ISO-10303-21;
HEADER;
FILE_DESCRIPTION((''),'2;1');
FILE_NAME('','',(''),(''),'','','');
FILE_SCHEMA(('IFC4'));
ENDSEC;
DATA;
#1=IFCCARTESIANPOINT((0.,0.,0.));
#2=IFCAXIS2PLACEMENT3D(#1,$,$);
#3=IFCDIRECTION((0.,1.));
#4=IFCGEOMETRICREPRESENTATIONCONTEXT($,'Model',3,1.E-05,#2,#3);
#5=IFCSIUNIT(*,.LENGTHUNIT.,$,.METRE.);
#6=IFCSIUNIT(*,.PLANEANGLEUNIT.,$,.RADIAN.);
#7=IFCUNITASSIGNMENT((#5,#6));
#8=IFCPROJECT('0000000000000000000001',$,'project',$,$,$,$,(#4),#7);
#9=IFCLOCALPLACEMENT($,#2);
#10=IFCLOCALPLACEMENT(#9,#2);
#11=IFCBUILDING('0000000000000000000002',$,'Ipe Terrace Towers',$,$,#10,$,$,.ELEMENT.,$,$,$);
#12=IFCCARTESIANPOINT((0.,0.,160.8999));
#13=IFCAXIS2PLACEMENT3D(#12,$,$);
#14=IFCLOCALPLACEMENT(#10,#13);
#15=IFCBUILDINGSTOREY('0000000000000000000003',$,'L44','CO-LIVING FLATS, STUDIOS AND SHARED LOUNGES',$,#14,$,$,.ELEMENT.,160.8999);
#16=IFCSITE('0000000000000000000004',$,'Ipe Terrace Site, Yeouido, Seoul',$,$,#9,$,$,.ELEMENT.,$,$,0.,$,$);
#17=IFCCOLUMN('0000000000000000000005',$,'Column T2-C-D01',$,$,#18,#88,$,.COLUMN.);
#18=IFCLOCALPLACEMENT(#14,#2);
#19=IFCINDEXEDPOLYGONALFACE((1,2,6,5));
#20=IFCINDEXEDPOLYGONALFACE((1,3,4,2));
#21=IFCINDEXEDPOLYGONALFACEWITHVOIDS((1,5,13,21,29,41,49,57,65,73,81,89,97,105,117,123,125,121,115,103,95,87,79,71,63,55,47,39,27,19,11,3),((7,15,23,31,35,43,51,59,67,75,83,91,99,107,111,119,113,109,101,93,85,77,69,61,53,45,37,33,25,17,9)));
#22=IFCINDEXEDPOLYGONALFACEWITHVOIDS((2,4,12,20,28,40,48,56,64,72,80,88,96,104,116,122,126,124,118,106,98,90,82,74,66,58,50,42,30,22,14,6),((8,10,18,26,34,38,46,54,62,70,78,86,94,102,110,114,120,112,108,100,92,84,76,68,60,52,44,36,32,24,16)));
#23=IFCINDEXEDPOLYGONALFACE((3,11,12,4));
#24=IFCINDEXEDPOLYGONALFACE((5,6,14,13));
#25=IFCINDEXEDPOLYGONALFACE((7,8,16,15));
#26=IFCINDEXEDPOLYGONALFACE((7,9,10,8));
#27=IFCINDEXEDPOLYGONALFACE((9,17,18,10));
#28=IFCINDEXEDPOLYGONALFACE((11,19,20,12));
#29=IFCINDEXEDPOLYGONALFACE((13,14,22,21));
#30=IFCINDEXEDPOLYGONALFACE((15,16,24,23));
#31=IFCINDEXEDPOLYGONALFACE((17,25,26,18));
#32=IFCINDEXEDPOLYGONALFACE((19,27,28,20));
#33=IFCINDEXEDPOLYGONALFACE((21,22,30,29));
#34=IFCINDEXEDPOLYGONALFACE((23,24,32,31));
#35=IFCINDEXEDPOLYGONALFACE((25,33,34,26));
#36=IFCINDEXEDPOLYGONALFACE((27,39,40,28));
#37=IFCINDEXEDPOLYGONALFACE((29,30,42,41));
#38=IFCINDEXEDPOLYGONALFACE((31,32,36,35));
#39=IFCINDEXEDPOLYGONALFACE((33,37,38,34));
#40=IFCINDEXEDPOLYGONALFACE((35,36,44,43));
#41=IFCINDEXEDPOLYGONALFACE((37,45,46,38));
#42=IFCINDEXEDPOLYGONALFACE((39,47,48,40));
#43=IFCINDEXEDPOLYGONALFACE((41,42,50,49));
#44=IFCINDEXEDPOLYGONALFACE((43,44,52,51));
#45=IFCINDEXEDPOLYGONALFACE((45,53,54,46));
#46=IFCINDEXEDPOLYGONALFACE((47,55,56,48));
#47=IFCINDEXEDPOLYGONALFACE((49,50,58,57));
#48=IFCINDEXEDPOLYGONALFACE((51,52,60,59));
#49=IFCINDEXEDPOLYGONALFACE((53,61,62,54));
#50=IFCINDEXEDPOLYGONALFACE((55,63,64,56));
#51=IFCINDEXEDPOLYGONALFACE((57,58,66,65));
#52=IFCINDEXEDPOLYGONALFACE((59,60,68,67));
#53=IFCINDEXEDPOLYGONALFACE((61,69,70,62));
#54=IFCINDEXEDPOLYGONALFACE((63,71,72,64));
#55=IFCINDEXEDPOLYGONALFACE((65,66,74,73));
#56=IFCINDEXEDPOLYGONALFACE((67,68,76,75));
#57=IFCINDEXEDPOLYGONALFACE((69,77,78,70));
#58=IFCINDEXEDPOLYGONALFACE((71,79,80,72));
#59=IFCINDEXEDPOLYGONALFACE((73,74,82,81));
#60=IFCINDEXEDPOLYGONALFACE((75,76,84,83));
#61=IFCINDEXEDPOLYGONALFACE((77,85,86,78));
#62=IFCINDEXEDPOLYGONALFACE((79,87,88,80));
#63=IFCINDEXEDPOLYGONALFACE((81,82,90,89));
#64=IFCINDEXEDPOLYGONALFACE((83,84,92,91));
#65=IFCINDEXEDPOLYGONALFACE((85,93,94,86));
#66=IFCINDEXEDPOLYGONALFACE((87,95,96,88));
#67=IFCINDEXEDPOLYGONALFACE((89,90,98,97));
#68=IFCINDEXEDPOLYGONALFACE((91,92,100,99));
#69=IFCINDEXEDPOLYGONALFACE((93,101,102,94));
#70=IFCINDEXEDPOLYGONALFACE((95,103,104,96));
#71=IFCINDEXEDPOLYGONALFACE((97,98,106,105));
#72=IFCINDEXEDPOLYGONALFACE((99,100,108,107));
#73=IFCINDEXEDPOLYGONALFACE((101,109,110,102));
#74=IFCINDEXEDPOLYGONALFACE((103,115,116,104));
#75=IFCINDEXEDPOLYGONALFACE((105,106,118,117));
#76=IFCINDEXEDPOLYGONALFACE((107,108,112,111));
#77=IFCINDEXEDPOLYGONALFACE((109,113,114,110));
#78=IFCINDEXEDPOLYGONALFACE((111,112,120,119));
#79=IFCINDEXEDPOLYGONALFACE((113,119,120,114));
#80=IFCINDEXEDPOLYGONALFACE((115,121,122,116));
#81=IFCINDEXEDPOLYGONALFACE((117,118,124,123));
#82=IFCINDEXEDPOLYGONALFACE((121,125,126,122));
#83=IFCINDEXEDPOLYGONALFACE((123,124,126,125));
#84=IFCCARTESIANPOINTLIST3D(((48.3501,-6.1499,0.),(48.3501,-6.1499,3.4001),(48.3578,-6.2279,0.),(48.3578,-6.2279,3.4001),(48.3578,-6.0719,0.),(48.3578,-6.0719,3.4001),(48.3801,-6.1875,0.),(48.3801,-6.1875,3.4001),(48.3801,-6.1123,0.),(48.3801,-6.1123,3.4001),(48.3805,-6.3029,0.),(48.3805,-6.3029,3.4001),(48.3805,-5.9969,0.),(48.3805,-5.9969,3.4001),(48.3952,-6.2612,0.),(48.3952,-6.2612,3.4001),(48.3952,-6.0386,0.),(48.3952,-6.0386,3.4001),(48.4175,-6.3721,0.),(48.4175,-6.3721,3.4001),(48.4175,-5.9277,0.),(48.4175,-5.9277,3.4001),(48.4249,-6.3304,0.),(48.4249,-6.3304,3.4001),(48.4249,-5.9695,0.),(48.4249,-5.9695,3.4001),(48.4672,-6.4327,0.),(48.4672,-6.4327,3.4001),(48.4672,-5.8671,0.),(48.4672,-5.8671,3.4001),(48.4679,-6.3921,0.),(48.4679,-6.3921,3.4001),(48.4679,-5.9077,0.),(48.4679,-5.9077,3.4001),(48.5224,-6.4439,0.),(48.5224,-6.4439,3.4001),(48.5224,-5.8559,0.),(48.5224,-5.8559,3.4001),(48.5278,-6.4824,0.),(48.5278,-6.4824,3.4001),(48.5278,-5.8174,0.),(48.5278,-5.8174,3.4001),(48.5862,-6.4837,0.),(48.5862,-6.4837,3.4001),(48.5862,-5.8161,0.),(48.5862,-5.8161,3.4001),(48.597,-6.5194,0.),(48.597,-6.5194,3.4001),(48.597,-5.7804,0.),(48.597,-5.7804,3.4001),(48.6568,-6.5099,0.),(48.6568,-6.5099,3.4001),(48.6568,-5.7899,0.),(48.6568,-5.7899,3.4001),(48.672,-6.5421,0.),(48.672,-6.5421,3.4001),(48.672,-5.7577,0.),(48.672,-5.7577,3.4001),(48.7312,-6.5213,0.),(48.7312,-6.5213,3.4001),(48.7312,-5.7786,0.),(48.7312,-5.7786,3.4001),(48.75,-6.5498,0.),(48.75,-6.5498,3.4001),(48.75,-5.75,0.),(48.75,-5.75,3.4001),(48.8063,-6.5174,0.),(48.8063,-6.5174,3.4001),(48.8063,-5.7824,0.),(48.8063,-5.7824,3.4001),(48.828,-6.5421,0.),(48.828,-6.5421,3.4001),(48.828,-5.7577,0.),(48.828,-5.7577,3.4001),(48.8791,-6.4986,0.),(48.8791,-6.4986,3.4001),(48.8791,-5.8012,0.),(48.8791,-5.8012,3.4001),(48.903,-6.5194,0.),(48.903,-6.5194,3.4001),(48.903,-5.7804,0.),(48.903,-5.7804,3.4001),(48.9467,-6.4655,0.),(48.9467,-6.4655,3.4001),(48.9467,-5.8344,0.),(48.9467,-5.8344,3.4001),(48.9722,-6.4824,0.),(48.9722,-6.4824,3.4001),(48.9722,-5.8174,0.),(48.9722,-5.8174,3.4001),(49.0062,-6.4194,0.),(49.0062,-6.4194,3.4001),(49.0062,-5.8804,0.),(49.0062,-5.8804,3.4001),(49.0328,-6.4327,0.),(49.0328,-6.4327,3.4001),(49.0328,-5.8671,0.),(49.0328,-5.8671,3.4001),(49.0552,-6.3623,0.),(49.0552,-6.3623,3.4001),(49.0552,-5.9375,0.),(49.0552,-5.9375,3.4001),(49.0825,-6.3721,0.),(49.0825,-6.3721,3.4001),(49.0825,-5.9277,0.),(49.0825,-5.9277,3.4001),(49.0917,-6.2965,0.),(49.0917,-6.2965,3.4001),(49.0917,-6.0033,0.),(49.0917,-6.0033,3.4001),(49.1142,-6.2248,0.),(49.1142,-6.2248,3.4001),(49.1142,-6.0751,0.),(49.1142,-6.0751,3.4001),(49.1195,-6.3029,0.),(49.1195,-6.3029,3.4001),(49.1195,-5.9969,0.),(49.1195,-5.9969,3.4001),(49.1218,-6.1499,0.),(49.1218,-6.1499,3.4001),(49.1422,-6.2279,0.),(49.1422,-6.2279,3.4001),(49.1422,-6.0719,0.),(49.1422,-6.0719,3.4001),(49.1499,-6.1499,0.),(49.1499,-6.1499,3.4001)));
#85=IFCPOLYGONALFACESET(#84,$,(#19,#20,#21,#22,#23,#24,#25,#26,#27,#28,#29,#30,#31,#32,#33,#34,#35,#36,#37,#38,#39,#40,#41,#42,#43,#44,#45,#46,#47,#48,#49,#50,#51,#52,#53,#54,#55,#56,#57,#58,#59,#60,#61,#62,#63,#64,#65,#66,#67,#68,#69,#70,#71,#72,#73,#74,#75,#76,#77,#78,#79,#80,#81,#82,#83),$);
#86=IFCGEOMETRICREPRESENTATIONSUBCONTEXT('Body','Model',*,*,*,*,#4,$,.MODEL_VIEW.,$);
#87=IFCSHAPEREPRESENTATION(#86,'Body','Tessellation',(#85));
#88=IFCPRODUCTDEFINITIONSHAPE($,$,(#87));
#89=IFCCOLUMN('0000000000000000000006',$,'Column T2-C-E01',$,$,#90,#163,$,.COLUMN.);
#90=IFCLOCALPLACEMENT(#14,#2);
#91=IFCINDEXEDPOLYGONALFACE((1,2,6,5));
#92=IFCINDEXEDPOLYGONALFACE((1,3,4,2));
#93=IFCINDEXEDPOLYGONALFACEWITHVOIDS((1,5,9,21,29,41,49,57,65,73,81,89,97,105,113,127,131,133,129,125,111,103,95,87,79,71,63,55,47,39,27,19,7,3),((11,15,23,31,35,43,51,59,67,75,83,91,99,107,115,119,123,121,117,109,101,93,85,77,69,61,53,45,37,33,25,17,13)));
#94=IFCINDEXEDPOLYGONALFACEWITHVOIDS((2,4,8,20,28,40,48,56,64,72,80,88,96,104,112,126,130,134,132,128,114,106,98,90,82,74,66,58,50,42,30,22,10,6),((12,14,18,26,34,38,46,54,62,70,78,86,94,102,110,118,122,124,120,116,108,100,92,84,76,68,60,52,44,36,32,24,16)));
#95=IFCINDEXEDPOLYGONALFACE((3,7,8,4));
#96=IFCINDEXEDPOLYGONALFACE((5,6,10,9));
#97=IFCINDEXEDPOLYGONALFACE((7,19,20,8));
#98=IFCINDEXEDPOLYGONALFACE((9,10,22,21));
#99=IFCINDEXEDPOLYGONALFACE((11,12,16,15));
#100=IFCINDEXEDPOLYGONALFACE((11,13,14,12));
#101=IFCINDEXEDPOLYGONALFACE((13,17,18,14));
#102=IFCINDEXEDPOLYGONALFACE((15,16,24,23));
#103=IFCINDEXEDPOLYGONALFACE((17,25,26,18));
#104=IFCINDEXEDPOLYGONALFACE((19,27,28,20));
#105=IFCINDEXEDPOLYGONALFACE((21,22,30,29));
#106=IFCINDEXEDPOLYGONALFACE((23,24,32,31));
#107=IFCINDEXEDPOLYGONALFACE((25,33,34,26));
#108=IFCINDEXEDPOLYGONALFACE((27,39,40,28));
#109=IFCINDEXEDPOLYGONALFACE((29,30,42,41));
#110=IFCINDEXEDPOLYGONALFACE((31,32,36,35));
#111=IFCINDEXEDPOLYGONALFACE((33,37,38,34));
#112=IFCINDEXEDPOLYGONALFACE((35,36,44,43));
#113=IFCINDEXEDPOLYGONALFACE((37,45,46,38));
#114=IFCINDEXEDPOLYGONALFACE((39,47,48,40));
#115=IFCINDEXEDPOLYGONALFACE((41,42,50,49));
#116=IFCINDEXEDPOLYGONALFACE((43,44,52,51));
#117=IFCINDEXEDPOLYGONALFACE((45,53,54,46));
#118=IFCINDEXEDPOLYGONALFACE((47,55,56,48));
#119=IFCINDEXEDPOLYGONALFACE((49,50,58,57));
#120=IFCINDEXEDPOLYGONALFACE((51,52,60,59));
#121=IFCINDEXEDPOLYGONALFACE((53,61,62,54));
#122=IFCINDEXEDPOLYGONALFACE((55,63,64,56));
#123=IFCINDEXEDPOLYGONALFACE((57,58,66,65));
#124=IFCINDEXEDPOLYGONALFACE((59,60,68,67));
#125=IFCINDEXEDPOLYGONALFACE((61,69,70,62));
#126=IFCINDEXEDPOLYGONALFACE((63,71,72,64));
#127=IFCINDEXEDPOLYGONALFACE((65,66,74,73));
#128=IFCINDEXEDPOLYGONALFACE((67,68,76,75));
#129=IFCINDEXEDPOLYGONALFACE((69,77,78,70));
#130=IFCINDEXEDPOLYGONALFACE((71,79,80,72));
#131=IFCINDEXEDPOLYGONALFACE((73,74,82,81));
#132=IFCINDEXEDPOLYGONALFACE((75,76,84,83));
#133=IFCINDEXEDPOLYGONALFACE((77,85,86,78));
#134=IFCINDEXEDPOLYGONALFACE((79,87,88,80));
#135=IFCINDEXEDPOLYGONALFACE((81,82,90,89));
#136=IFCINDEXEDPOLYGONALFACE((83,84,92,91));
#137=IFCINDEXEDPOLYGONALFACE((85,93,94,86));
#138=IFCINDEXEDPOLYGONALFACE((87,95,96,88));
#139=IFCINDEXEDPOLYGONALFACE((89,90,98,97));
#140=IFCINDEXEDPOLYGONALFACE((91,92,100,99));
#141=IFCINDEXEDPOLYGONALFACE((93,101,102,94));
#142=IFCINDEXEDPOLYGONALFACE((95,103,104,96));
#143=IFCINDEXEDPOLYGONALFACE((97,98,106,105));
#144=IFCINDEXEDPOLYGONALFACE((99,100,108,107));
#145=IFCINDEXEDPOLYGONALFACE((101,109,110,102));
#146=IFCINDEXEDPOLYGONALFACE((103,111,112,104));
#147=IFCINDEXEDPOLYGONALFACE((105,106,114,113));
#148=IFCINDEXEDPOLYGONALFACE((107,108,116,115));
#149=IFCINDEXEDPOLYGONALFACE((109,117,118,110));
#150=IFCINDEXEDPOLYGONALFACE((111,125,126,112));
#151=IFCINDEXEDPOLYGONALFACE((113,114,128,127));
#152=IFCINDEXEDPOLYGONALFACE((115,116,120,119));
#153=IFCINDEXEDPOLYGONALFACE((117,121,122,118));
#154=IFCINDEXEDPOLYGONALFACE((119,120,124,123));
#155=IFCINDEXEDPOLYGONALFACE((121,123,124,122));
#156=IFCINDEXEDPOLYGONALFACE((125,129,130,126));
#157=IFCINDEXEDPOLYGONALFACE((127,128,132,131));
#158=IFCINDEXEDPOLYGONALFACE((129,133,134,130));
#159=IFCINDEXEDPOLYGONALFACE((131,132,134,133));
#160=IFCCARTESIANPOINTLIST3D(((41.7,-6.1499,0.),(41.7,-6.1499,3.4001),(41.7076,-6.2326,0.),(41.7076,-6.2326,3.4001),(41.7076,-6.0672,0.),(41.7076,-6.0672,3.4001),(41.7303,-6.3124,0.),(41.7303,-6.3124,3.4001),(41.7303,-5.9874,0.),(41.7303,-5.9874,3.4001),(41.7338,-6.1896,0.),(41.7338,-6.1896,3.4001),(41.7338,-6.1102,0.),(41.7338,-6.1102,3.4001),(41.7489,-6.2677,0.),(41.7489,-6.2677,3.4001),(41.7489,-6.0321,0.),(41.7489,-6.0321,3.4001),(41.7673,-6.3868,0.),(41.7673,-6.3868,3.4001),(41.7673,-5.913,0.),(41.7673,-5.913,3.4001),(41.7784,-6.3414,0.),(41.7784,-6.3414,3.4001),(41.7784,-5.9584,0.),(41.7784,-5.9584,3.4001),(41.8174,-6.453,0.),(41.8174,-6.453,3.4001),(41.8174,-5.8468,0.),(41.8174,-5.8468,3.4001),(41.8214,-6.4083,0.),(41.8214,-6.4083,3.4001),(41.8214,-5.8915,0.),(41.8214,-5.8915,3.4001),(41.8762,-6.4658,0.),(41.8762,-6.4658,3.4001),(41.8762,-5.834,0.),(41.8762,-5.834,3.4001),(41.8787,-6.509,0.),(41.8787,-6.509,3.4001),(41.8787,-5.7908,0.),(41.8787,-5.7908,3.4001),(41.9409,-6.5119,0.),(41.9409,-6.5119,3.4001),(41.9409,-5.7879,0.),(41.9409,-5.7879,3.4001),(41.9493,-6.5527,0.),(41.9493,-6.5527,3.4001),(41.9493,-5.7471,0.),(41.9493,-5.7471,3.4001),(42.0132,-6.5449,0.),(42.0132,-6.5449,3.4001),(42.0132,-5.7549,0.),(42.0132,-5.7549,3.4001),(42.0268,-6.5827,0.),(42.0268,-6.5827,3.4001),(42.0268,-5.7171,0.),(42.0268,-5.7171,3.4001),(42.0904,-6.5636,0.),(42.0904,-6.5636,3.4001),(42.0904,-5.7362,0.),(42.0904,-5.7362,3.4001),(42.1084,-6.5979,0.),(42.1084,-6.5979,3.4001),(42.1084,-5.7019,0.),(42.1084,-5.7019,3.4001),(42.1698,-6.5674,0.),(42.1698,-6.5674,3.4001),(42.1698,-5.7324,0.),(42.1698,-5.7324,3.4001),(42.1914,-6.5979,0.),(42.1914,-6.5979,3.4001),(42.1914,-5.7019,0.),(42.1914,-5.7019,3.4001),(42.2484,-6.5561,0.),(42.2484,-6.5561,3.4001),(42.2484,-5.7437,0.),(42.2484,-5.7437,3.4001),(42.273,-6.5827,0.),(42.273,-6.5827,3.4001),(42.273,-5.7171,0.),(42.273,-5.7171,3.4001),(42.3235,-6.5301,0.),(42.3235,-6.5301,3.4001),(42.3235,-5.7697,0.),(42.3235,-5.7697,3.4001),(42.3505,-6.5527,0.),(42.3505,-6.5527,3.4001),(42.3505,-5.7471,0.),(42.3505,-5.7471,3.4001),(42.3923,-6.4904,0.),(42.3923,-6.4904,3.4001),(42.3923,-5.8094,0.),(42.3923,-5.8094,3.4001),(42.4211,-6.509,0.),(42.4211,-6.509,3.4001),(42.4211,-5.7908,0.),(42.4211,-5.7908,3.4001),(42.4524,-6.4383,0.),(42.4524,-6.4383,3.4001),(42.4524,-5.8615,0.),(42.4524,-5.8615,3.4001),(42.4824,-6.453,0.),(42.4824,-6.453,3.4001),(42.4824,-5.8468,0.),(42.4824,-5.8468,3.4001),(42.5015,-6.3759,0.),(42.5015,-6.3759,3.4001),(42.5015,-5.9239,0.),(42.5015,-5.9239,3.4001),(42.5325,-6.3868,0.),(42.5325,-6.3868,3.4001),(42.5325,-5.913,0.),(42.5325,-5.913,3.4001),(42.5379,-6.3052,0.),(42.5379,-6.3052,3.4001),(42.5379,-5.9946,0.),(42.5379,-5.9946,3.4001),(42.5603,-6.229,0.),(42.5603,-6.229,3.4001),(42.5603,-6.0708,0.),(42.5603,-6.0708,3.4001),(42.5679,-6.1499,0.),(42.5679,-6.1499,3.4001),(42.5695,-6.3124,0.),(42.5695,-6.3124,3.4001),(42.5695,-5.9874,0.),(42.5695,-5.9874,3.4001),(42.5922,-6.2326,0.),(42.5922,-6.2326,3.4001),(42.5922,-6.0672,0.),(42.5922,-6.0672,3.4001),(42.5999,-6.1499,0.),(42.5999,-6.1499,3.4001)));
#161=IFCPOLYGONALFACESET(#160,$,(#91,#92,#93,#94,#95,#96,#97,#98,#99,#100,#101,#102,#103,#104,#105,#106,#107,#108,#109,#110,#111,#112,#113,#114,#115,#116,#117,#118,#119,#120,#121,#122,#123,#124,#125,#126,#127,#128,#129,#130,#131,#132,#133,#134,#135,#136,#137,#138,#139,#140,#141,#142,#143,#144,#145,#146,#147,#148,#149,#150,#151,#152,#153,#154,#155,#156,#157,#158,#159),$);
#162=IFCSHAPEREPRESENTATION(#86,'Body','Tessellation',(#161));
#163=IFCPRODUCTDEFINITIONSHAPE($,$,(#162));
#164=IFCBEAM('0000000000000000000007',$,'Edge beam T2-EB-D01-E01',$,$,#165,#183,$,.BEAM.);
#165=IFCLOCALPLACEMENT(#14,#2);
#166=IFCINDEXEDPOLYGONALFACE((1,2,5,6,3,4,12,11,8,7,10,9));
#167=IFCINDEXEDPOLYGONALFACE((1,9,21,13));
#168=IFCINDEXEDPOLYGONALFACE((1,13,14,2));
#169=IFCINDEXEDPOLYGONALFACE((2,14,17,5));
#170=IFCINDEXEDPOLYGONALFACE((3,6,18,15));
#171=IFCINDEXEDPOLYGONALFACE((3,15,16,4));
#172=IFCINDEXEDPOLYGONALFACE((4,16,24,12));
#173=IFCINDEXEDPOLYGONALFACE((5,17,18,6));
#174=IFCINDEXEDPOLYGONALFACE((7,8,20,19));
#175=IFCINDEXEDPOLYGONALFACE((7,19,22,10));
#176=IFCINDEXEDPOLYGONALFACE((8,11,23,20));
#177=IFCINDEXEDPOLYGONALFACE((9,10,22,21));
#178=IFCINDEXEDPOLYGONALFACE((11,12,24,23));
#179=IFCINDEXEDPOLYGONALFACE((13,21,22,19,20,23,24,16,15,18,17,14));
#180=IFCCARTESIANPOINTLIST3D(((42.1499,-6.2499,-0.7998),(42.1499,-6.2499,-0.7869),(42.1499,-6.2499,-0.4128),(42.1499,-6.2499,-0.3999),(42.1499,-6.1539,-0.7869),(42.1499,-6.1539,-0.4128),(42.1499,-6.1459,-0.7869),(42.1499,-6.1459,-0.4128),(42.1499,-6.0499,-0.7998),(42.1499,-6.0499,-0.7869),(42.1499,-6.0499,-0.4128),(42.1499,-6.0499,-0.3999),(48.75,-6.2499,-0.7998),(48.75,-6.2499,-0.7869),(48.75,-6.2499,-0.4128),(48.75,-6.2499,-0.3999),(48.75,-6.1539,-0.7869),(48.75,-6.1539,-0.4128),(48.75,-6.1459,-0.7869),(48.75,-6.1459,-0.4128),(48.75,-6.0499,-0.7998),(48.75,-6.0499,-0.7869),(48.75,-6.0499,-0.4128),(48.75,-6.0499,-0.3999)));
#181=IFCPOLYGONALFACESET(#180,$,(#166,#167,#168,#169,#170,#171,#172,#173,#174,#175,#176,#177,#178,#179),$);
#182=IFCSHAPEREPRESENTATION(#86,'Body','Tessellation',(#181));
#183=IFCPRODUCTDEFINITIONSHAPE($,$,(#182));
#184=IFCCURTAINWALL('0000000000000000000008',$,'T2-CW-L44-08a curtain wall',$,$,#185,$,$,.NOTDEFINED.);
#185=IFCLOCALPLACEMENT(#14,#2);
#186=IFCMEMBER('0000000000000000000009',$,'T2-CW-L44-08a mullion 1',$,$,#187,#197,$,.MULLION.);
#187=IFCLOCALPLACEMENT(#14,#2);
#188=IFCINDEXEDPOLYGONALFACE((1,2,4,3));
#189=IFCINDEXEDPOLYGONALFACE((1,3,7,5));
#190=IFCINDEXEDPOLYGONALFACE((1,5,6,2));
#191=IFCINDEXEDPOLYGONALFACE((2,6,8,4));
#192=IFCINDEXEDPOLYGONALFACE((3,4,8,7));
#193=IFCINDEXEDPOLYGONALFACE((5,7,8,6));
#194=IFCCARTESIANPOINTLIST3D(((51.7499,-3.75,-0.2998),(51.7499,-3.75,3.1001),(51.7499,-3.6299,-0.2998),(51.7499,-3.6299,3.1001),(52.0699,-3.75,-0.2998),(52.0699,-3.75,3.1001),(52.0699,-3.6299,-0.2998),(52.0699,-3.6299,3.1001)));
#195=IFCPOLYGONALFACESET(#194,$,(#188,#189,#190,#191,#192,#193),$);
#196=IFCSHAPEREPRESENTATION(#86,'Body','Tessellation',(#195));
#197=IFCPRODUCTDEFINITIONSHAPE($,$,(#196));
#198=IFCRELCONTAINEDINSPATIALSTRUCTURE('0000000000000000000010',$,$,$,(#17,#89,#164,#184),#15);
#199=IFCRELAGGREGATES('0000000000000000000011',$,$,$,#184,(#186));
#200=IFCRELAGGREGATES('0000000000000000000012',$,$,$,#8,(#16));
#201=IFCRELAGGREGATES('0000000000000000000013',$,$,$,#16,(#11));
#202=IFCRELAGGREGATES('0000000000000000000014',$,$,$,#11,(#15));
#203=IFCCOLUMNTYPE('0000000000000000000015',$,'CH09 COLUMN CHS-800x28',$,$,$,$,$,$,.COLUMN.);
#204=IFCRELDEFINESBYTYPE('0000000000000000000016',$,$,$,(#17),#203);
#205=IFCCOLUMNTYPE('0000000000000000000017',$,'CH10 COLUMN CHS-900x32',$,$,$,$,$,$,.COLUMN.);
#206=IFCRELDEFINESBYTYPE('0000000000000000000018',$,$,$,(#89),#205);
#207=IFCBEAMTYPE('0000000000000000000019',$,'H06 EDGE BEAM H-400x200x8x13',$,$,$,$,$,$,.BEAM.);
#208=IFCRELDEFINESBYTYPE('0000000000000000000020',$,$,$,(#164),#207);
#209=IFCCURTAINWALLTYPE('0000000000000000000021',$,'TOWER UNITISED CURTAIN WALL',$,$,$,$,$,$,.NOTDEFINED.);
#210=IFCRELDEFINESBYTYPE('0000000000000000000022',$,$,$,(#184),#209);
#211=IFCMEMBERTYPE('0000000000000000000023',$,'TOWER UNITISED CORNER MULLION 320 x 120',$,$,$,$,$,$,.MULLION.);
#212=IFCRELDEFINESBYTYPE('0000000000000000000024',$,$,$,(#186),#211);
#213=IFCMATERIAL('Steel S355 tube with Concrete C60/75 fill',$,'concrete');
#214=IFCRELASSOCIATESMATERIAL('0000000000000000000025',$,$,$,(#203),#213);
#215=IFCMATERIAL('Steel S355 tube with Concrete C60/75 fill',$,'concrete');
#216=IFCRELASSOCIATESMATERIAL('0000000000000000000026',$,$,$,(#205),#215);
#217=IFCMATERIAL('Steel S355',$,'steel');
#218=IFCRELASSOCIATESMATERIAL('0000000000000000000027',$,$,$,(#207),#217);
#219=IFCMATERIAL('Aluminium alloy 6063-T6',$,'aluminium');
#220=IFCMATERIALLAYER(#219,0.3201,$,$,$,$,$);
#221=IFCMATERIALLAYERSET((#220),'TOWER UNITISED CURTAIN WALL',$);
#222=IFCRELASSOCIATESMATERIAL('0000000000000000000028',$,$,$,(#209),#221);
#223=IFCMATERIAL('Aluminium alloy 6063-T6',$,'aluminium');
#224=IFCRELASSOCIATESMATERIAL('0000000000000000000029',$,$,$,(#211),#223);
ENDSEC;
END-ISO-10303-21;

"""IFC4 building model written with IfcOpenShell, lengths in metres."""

from ifc_helpers import new_model, si_unit, direction, frame, origin, origin_2d, place, context, subcontext, project, spatial, rectangle, hollow_circle, i_section, extrude, material, layer, layer_set, material_profile, profile_set, type_object, element, aggregate, save


model = new_model("IFC4")

# Units and contexts
model_context = context("Model", 3, precision=1e-05, world=origin(), true_north=direction((0.0, 1.0)))
body_context = subcontext(model_context, "Body", "Model", "MODEL_VIEW")
ifc_project = project(units=[si_unit("LENGTHUNIT", "METRE"), si_unit("PLANEANGLEUNIT", "RADIAN")], contexts=[model_context])

# Site, building, storey
site_placement = place(None, origin())
site = spatial("IfcSite", under=ifc_project, at=site_placement, Name="Ipe Terrace Site, Yeouido, Seoul", CompositionType="ELEMENT", RefElevation=0.0)
building_placement = place(site_placement, origin())
building = spatial("IfcBuilding", under=site, at=building_placement, Name="Ipe Terrace Towers", CompositionType="ELEMENT")
storey_placement = place(building_placement, frame((0.0, 0.0, 160.8999)))
storey = spatial("IfcBuildingStorey", under=building, at=storey_placement, Name="L44", Description="CO-LIVING FLATS, STUDIOS AND SHARED LOUNGES", CompositionType="ELEMENT", Elevation=160.8999)

# Columns
ifc_material_1 = material(Name="Steel S355 tube with Concrete C60/75 fill", Category="concrete")
ifc_material_profile_1 = material_profile(ifc_material_1, hollow_circle(Radius=0.3999, WallThickness=0.0281, at=origin_2d()), Name="CHS-800x28")
ifc_profile_set_1 = profile_set([ifc_material_profile_1], Name="Steel S355 tube with Concrete C60/75 fill")
column_type_1 = type_object("IfcColumnType", Name="CH09 COLUMN CHS-800x28", PredefinedType="COLUMN", material=ifc_profile_set_1)
column_1_placement = place(storey_placement, frame((48.75, -6.1499, 0.0), z_axis=(0.0, 0.0, 1.0), x_axis=(1.0, 0.0, 0.0)))
element("IfcColumn", 1, at=column_1_placement, inside=storey, type_object=column_type_1, Name="Column T2-C-D01", PredefinedType="COLUMN", context=body_context, shape_type="SweptSolid", body=[
    extrude(hollow_circle(Radius=0.3999, WallThickness=0.0281, at=origin_2d()), origin(), (0.0, 0.0, 1.0), 3.4001),
])
ifc_material_2 = material(Name="Steel S355 tube with Concrete C60/75 fill", Category="concrete")
ifc_material_profile_2 = material_profile(ifc_material_2, hollow_circle(Radius=0.45, WallThickness=0.032, at=origin_2d()), Name="CHS-900x32")
ifc_profile_set_2 = profile_set([ifc_material_profile_2], Name="Steel S355 tube with Concrete C60/75 fill")
column_type_2 = type_object("IfcColumnType", Name="CH10 COLUMN CHS-900x32", PredefinedType="COLUMN", material=ifc_profile_set_2)
column_2_placement = place(storey_placement, frame((42.1499, -6.1499, 0.0), z_axis=(0.0, 0.0, 1.0), x_axis=(1.0, 0.0, 0.0)))
element("IfcColumn", 2, at=column_2_placement, inside=storey, type_object=column_type_2, Name="Column T2-C-E01", PredefinedType="COLUMN", context=body_context, shape_type="SweptSolid", body=[
    extrude(hollow_circle(Radius=0.45, WallThickness=0.032, at=origin_2d()), origin(), (0.0, 0.0, 1.0), 3.4001),
])

# Beam
ifc_material_3 = material(Name="Steel S355", Category="steel")
ifc_material_profile_3 = material_profile(ifc_material_3, i_section(OverallWidth=0.2, OverallDepth=0.3999, WebThickness=0.0081, FlangeThickness=0.0129, at=origin_2d()), Name="H-400x200x8x13")
ifc_profile_set_3 = profile_set([ifc_material_profile_3], Name="Steel S355")
beam_type = type_object("IfcBeamType", Name="H06 EDGE BEAM H-400x200x8x13", PredefinedType="BEAM", material=ifc_profile_set_3)
beam_placement = place(storey_placement, frame((48.75, -6.1499, -0.5999), z_axis=(-1.0, 0.0, 0.0), x_axis=(0.0, -1.0, 0.0)))
element("IfcBeam", 3, at=beam_placement, inside=storey, type_object=beam_type, Name="Edge beam T2-EB-D01-E01", PredefinedType="BEAM", context=body_context, shape_type="SweptSolid", body=[
    extrude(i_section(OverallWidth=0.2, OverallDepth=0.3999, WebThickness=0.0081, FlangeThickness=0.0129, at=origin_2d()), origin(), (0.0, 0.0, 1.0), 6.6001),
])

# Curtain wall, member
ifc_material_4 = material(Name="Aluminium alloy 6063-T6", Category="aluminium")
ifc_layer_1 = layer(ifc_material_4, 0.3201)
ifc_layer_set_1 = layer_set([ifc_layer_1], Name="TOWER UNITISED CURTAIN WALL")
curtain_wall_type = type_object("IfcCurtainWallType", Name="TOWER UNITISED CURTAIN WALL", PredefinedType="NOTDEFINED", material=ifc_layer_set_1)
curtain_wall_placement = place(storey_placement, origin())
curtain_wall = element("IfcCurtainWall", 4, at=curtain_wall_placement, inside=storey, type_object=curtain_wall_type, Name="T2-CW-L44-08a curtain wall", PredefinedType="NOTDEFINED")
ifc_material_5 = material(Name="Aluminium alloy 6063-T6", Category="aluminium")
ifc_material_profile_4 = material_profile(ifc_material_5, rectangle(XDim=0.3201, YDim=0.1201, at=origin_2d()), Name="TOWER UNITISED CORNER MULLION 320 x 120")
ifc_profile_set_4 = profile_set([ifc_material_profile_4], Name="Aluminium alloy 6063-T6")
member_type_1 = type_object("IfcMemberType", Name="TOWER UNITISED CORNER MULLION 320 x 120", PredefinedType="MULLION", material=ifc_profile_set_4)
member_1_placement = place(storey_placement, frame((51.9099, -3.6899, -0.2998), z_axis=(0.0, 0.0, 1.0), x_axis=(1.0, 0.0, 0.0)))
member_1 = element("IfcMember", 5, at=member_1_placement, type_object=member_type_1, Name="T2-CW-L44-08a mullion 1", PredefinedType="MULLION", context=body_context, shape_type="SweptSolid", body=[
    extrude(rectangle(XDim=0.3201, YDim=0.1201, at=origin_2d()), origin(), (0.0, 0.0, 1.0), 3.3999),
])
aggregate(curtain_wall, [member_1])

save(model, "model.ifc")
